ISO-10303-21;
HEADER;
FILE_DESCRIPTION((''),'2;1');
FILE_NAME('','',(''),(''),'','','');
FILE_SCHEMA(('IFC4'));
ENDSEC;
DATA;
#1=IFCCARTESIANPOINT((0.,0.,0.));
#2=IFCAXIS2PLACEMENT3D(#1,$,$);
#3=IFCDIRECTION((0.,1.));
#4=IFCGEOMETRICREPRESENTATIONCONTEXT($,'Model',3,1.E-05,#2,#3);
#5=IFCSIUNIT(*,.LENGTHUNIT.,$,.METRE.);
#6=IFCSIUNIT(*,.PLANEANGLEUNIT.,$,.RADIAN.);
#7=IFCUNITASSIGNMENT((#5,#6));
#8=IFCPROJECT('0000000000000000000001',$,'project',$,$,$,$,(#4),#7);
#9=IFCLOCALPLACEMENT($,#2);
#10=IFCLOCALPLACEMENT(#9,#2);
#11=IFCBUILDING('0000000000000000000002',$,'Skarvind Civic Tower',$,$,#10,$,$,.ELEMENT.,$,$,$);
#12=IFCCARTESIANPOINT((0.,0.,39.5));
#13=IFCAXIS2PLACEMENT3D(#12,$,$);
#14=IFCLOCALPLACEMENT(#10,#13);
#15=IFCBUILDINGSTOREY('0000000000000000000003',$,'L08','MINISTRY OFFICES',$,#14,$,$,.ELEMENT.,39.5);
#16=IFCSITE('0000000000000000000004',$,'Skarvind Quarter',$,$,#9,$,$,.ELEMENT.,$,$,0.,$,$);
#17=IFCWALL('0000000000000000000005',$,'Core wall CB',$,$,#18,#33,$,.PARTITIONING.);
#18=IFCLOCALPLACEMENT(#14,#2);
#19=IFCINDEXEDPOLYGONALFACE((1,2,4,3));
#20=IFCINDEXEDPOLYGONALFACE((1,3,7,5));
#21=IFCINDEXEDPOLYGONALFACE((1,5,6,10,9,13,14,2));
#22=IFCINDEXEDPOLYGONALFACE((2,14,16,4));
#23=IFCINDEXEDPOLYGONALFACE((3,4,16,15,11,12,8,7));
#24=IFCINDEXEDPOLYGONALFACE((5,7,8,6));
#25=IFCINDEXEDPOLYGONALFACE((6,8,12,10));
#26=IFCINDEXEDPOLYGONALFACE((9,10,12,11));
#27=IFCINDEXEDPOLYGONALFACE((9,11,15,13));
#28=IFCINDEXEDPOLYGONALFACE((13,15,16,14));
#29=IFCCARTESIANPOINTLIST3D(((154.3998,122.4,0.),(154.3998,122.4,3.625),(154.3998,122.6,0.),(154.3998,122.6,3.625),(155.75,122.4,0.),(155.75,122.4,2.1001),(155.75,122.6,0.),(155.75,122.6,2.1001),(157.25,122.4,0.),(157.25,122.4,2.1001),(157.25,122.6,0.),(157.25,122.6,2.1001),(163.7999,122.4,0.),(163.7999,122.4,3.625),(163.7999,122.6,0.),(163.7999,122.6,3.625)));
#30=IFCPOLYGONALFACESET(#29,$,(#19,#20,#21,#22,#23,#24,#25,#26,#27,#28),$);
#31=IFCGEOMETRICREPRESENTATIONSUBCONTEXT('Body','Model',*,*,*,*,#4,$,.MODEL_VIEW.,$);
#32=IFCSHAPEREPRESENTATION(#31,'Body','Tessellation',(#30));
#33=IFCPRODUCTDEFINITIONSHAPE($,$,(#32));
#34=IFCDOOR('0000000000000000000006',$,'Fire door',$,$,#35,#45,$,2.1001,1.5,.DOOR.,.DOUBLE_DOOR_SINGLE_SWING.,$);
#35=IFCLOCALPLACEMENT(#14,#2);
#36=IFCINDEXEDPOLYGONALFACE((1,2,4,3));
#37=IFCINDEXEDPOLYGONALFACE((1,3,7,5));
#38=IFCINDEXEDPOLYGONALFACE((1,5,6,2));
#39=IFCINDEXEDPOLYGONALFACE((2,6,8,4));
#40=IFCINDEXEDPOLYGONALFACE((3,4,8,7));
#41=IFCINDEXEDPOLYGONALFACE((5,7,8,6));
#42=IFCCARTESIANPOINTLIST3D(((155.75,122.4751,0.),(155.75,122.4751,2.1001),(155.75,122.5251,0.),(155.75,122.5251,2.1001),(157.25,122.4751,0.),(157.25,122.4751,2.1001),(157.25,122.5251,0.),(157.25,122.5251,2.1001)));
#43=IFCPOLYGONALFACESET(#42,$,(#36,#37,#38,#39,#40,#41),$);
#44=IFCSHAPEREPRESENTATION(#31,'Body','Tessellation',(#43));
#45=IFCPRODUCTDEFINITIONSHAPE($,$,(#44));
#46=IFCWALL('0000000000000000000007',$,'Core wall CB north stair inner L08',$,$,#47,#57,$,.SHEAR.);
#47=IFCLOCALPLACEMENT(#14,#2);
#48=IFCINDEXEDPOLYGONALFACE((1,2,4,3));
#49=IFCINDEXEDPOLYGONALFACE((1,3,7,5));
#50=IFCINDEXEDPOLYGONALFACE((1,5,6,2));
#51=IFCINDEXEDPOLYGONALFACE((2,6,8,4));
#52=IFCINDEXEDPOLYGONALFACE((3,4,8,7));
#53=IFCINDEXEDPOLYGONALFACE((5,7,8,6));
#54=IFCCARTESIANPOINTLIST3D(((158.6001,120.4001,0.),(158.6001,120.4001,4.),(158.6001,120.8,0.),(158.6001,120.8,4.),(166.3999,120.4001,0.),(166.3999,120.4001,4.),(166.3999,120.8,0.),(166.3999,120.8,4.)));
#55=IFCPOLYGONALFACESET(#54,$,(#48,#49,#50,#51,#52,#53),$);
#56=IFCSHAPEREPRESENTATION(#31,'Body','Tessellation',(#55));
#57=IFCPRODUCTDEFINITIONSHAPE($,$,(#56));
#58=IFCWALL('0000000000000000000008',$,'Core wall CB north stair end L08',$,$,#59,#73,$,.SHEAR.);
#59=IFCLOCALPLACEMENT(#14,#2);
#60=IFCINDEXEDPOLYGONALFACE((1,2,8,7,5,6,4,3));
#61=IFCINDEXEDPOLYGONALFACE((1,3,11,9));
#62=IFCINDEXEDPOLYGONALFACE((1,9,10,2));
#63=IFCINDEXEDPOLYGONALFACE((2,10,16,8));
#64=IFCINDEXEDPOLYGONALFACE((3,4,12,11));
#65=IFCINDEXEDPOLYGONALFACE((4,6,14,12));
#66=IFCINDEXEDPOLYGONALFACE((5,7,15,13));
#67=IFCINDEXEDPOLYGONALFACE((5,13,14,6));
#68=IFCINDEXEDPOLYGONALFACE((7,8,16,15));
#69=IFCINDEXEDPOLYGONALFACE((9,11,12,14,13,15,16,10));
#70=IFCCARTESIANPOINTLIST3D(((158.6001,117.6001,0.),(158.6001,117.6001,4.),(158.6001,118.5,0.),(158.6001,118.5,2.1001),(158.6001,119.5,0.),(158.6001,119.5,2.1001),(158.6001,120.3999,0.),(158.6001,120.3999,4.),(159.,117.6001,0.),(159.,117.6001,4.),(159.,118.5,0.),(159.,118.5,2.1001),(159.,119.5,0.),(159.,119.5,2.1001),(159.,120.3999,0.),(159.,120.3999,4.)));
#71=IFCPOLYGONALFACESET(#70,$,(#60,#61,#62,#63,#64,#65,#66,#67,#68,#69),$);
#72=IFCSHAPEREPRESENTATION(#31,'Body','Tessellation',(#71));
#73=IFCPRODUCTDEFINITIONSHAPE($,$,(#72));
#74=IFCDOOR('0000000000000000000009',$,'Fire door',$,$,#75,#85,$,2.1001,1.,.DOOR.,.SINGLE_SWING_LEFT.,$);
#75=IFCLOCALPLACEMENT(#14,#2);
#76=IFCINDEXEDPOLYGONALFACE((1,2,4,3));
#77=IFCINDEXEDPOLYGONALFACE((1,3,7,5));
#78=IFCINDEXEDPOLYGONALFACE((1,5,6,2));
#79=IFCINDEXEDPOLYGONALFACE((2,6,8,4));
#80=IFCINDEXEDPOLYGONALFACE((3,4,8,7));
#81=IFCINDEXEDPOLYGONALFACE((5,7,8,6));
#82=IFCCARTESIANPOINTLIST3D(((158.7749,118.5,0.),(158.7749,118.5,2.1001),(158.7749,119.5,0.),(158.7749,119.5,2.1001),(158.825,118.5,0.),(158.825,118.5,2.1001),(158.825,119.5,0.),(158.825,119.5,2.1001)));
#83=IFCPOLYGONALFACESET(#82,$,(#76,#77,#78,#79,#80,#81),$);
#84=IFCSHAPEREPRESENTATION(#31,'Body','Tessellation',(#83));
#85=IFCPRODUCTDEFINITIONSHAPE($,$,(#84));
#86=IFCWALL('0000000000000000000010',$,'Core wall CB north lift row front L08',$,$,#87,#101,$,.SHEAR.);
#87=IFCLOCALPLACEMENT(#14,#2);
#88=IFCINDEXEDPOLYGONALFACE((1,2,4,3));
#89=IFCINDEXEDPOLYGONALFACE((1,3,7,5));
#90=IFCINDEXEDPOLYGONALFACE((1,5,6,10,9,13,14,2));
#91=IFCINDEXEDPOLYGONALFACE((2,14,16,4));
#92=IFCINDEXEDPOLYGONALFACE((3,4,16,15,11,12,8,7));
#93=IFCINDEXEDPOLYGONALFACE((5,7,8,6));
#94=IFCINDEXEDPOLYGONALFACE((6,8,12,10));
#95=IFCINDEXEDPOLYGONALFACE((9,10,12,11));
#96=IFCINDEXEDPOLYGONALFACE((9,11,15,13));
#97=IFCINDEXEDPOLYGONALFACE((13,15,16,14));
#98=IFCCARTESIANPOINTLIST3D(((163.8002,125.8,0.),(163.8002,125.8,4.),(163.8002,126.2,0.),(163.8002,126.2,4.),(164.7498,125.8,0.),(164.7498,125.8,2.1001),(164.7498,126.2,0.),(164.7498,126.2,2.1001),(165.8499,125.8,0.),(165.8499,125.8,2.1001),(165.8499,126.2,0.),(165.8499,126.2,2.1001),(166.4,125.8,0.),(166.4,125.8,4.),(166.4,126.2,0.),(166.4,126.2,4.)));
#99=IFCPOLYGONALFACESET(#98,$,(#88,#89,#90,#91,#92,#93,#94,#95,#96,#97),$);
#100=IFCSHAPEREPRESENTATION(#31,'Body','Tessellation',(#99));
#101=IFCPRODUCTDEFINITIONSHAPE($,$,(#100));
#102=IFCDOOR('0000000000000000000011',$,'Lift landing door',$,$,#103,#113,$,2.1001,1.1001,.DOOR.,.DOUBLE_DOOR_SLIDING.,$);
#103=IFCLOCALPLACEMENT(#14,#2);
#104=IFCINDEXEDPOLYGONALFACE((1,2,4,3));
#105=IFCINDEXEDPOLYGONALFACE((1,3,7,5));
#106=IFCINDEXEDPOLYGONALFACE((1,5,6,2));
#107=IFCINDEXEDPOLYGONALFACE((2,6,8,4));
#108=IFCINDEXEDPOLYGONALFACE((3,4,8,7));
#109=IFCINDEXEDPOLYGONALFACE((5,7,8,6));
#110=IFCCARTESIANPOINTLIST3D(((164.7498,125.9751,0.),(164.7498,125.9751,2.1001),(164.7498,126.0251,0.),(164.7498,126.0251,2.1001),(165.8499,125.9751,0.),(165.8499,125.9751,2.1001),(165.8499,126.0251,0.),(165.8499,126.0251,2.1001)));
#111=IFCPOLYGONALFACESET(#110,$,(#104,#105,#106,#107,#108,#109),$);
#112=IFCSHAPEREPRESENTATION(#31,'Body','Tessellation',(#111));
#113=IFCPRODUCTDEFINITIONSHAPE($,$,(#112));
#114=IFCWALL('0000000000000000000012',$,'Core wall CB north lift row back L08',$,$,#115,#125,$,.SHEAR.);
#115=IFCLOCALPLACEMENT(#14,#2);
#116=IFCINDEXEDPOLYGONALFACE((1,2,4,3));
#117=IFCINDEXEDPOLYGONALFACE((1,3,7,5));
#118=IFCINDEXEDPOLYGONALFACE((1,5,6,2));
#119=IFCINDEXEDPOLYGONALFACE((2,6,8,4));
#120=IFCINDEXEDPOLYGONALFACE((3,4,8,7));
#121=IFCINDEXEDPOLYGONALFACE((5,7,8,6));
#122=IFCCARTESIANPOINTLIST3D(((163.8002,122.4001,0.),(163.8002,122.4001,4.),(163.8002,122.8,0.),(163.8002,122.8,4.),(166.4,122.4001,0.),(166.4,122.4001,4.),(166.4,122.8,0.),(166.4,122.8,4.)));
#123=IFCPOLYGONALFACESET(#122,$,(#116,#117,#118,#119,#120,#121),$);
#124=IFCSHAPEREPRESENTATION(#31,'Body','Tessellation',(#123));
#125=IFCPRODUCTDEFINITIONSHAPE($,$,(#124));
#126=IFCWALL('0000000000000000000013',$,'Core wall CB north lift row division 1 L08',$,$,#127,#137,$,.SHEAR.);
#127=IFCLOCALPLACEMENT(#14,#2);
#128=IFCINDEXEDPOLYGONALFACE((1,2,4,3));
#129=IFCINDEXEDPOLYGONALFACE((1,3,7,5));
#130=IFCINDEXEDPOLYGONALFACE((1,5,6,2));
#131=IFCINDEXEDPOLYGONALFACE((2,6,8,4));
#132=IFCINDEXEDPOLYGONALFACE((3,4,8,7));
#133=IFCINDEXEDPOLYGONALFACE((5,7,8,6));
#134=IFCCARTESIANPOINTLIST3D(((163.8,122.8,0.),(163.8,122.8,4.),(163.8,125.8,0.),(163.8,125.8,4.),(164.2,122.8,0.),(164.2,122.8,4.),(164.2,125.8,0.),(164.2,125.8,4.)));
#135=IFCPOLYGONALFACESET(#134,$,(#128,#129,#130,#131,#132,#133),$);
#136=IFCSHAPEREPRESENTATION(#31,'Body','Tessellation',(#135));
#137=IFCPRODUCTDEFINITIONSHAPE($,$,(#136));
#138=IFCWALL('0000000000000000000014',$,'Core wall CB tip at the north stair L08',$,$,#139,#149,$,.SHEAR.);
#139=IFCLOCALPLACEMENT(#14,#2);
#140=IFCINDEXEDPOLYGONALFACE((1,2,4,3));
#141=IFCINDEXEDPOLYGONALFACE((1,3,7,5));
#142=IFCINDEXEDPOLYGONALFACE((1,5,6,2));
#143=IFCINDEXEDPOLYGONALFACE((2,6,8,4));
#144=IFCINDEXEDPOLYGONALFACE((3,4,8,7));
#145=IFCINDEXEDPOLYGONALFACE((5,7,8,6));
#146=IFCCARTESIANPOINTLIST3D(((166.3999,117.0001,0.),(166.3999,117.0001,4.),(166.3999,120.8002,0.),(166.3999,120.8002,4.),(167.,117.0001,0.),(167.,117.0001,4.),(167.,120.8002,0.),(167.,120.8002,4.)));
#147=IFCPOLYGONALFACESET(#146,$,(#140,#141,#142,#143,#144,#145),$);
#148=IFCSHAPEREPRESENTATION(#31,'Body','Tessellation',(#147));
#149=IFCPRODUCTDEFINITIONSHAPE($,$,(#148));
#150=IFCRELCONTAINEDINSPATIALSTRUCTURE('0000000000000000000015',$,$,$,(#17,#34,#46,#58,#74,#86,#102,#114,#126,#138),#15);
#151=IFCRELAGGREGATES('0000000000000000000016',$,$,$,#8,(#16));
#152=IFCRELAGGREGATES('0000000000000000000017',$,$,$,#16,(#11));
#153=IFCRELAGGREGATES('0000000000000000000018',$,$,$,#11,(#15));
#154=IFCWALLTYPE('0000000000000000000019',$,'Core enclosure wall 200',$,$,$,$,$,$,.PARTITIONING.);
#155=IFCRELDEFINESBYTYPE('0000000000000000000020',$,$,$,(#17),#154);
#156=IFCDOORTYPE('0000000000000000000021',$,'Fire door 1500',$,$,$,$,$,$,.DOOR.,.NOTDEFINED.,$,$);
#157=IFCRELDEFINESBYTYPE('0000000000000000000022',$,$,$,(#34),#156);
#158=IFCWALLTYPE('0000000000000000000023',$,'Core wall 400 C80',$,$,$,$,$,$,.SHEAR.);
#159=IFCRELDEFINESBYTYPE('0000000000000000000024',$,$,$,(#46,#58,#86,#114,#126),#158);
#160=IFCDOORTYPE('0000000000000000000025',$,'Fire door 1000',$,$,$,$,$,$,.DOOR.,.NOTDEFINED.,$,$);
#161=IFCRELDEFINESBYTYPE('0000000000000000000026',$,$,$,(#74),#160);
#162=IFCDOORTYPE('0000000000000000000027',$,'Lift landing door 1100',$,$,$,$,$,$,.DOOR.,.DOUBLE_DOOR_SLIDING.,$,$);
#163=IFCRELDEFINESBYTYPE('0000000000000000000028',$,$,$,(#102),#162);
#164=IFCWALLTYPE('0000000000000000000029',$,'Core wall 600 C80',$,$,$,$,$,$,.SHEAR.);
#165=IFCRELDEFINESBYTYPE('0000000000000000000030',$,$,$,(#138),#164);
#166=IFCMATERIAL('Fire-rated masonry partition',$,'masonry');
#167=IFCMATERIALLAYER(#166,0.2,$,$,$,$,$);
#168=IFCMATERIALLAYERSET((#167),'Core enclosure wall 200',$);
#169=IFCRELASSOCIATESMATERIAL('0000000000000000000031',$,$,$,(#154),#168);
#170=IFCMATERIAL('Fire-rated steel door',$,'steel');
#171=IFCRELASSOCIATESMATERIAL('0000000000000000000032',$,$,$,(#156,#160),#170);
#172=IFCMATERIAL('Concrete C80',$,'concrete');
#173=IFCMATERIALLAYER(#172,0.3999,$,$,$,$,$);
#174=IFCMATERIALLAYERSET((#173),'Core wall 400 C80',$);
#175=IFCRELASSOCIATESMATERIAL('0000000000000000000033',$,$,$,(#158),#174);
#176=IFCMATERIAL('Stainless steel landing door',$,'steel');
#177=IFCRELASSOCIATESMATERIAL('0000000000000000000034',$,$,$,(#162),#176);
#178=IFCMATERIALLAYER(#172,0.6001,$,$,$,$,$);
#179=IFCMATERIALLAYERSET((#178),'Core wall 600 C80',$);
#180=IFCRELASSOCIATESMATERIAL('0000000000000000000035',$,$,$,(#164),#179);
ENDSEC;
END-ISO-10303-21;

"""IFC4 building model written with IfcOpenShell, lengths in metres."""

from ifc_helpers import new_model, si_unit, direction, frame, frame_2d, origin, place, context, subcontext, project, spatial, rectangle, extrude, material, layer, layer_set, type_object, element, fill, save


model = new_model("IFC4")

# Units and contexts
model_context = context("Model", 3, precision=1e-05, world=origin(), true_north=direction((0.0, 1.0)))
body_context = subcontext(model_context, "Body", "Model", "MODEL_VIEW")
ifc_project = project(units=[si_unit("LENGTHUNIT", "METRE"), si_unit("PLANEANGLEUNIT", "RADIAN")], contexts=[model_context])

# Site, building, storey
site_placement = place(None, origin())
site = spatial("IfcSite", under=ifc_project, at=site_placement, Name="Skarvind Quarter", CompositionType="ELEMENT", RefElevation=0.0)
building_placement = place(site_placement, origin())
building = spatial("IfcBuilding", under=site, at=building_placement, Name="Skarvind Civic Tower", CompositionType="ELEMENT")
storey_placement = place(building_placement, frame((0.0, 0.0, 39.5)))
storey = spatial("IfcBuildingStorey", under=building, at=storey_placement, Name="L08", Description="MINISTRY OFFICES", CompositionType="ELEMENT", Elevation=39.5)

# Wall, opening, door
ifc_material_1 = material(Name="Fire-rated masonry partition", Category="masonry")
ifc_layer_1 = layer(ifc_material_1, 0.2)
ifc_layer_set_1 = layer_set([ifc_layer_1], Name="Core enclosure wall 200")
wall_type_1 = type_object("IfcWallType", Name="Core enclosure wall 200", PredefinedType="PARTITIONING", material=ifc_layer_set_1)
wall_1_placement = place(storey_placement, frame((163.8, 122.5, 0.0), z_axis=(0.0, 0.0, 1.0), x_axis=(-1.0, 0.0, 0.0)))
wall_1 = element("IfcWall", 1, at=wall_1_placement, inside=storey, type_object=wall_type_1, Name="Core wall CB", PredefinedType="PARTITIONING", context=body_context, shape_type="SweptSolid", body=[
    extrude(rectangle(XDim=9.4001, YDim=0.2, at=frame_2d((4.7002, 0.0))), origin(), (0.0, 0.0, 1.0), 3.625),
])
opening_1_placement = place(wall_1_placement, frame((6.55, 0.0, 0.0)))
opening_1 = element("IfcOpeningElement", 2, at=opening_1_placement, cuts=wall_1, PredefinedType="OPENING", context=body_context, shape_type="SweptSolid", body=[
    extrude(rectangle(XDim=1.5, YDim=2.1001, at=frame_2d((0.75, 1.05))), frame((0.0, 0.1099, 0.0), z_axis=(0.0, -1.0, 0.0), x_axis=(1.0, 0.0, 0.0)), (0.0, 0.0, 1.0), 0.22),
])
ifc_material_2 = material(Name="Fire-rated steel door", Category="steel")
door_type_1 = type_object("IfcDoorType", Name="Fire door 1500", OperationType="NOTDEFINED", PredefinedType="DOOR", material=ifc_material_2)
door_1_placement = place(opening_1_placement, origin())
door_1 = element("IfcDoor", 3, at=door_1_placement, inside=storey, type_object=door_type_1, Name="Fire door", OperationType="DOUBLE_DOOR_SINGLE_SWING", OverallHeight=2.1001, OverallWidth=1.5, PredefinedType="DOOR", context=body_context, shape_type="SweptSolid", body=[
    extrude(rectangle(XDim=1.5, YDim=2.1001, at=frame_2d((0.75, 1.05))), frame((0.0, 0.0249, 0.0), z_axis=(0.0, -1.0, 0.0), x_axis=(1.0, 0.0, 0.0)), (0.0, 0.0, 1.0), 0.05),
])
fill(opening_1, door_1)

# Wall
ifc_material_3 = material(Name="Concrete C80", Category="concrete")
ifc_layer_2 = layer(ifc_material_3, 0.3999)
ifc_layer_set_2 = layer_set([ifc_layer_2], Name="Core wall 400 C80")
wall_type_2 = type_object("IfcWallType", Name="Core wall 400 C80", PredefinedType="SHEAR", material=ifc_layer_set_2)
wall_2_placement = place(storey_placement, frame((166.3999, 120.6001, 0.0), z_axis=(0.0, 0.0, 1.0), x_axis=(-1.0, 0.0, 0.0)))
element("IfcWall", 4, at=wall_2_placement, inside=storey, type_object=wall_type_2, Name="Core wall CB north stair inner L08", PredefinedType="SHEAR", context=body_context, shape_type="SweptSolid", body=[
    extrude(rectangle(XDim=7.7998, YDim=0.3999, at=frame_2d((3.8999, 0.0))), origin(), (0.0, 0.0, 1.0), 4.0),
])

# Walls, openings, doors
wall_3_placement = place(storey_placement, frame((158.8, 120.3999, 0.0), z_axis=(0.0, 0.0, 1.0), x_axis=(0.0, -1.0, 0.0)))
wall_3 = element("IfcWall", 5, at=wall_3_placement, inside=storey, type_object=wall_type_2, Name="Core wall CB north stair end L08", PredefinedType="SHEAR", context=body_context, shape_type="SweptSolid", body=[
    extrude(rectangle(XDim=2.7998, YDim=0.3999, at=frame_2d((1.3999, 0.0))), origin(), (0.0, 0.0, 1.0), 4.0),
])
opening_2_placement = place(wall_3_placement, frame((0.8999, 0.0, 0.0)))
opening_2 = element("IfcOpeningElement", 6, at=opening_2_placement, cuts=wall_3, PredefinedType="OPENING", context=body_context, shape_type="SweptSolid", body=[
    extrude(rectangle(XDim=1.0, YDim=2.1001, at=frame_2d((0.5, 1.05))), frame((0.0, 0.21, 0.0), z_axis=(0.0, -1.0, 0.0), x_axis=(1.0, 0.0, 0.0)), (0.0, 0.0, 1.0), 0.4199),
])
door_type_2 = type_object("IfcDoorType", Name="Fire door 1000", OperationType="NOTDEFINED", PredefinedType="DOOR", material=ifc_material_2)
door_2_placement = place(opening_2_placement, origin())
door_2 = element("IfcDoor", 7, at=door_2_placement, inside=storey, type_object=door_type_2, Name="Fire door", OperationType="SINGLE_SWING_LEFT", OverallHeight=2.1001, OverallWidth=1.0, PredefinedType="DOOR", context=body_context, shape_type="SweptSolid", body=[
    extrude(rectangle(XDim=1.0, YDim=2.1001, at=frame_2d((0.5, 1.05))), frame((0.0, 0.0249, 0.0), z_axis=(0.0, -1.0, 0.0), x_axis=(1.0, 0.0, 0.0)), (0.0, 0.0, 1.0), 0.05),
])
fill(opening_2, door_2)
wall_4_placement = place(storey_placement, frame((166.3999, 126.0, 0.0), z_axis=(0.0, 0.0, 1.0), x_axis=(-1.0, 0.0, 0.0)))
wall_4 = element("IfcWall", 8, at=wall_4_placement, inside=storey, type_object=wall_type_2, Name="Core wall CB north lift row front L08", PredefinedType="SHEAR", context=body_context, shape_type="SweptSolid", body=[
    extrude(rectangle(XDim=2.5999, YDim=0.3999, at=frame_2d((1.2998, 0.0))), origin(), (0.0, 0.0, 1.0), 4.0),
])
opening_3_placement = place(wall_4_placement, frame((0.55, 0.0, 0.0)))
opening_3 = element("IfcOpeningElement", 9, at=opening_3_placement, cuts=wall_4, PredefinedType="OPENING", context=body_context, shape_type="SweptSolid", body=[
    extrude(rectangle(XDim=1.1001, YDim=2.1001, at=frame_2d((0.55, 1.05))), frame((0.0, 0.21, 0.0), z_axis=(0.0, -1.0, 0.0), x_axis=(1.0, 0.0, 0.0)), (0.0, 0.0, 1.0), 0.4199),
])
ifc_material_4 = material(Name="Stainless steel landing door", Category="steel")
door_type_3 = type_object("IfcDoorType", Name="Lift landing door 1100", OperationType="DOUBLE_DOOR_SLIDING", PredefinedType="DOOR", material=ifc_material_4)
door_3_placement = place(opening_3_placement, origin())
door_3 = element("IfcDoor", 10, at=door_3_placement, inside=storey, type_object=door_type_3, Name="Lift landing door", OperationType="DOUBLE_DOOR_SLIDING", OverallHeight=2.1001, OverallWidth=1.1001, PredefinedType="DOOR", context=body_context, shape_type="SweptSolid", body=[
    extrude(rectangle(XDim=1.1001, YDim=2.1001, at=frame_2d((0.55, 1.05))), frame((0.0, 0.0249, 0.0), z_axis=(0.0, -1.0, 0.0), x_axis=(1.0, 0.0, 0.0)), (0.0, 0.0, 1.0), 0.05),
])
fill(opening_3, door_3)

# Walls
wall_5_placement = place(storey_placement, frame((166.3999, 122.6001, 0.0), z_axis=(0.0, 0.0, 1.0), x_axis=(-1.0, 0.0, 0.0)))
element("IfcWall", 11, at=wall_5_placement, inside=storey, type_object=wall_type_2, Name="Core wall CB north lift row back L08", PredefinedType="SHEAR", context=body_context, shape_type="SweptSolid", body=[
    extrude(rectangle(XDim=2.5999, YDim=0.3999, at=frame_2d((1.2998, 0.0))), origin(), (0.0, 0.0, 1.0), 4.0),
])
wall_6_placement = place(storey_placement, frame((164.0, 125.8, 0.0), z_axis=(0.0, 0.0, 1.0), x_axis=(0.0, -1.0, 0.0)))
element("IfcWall", 12, at=wall_6_placement, inside=storey, type_object=wall_type_2, Name="Core wall CB north lift row division 1 L08", PredefinedType="SHEAR", context=body_context, shape_type="SweptSolid", body=[
    extrude(rectangle(XDim=3.0, YDim=0.3999, at=frame_2d((1.5, 0.0))), origin(), (0.0, 0.0, 1.0), 4.0),
])
ifc_layer_3 = layer(ifc_material_3, 0.6001)
ifc_layer_set_3 = layer_set([ifc_layer_3], Name="Core wall 600 C80")
wall_type_3 = type_object("IfcWallType", Name="Core wall 600 C80", PredefinedType="SHEAR", material=ifc_layer_set_3)
wall_7_placement = place(storey_placement, frame((166.7, 120.8, 0.0), z_axis=(0.0, 0.0, 1.0), x_axis=(0.0, -1.0, 0.0)))
element("IfcWall", 13, at=wall_7_placement, inside=storey, type_object=wall_type_3, Name="Core wall CB tip at the north stair L08", PredefinedType="SHEAR", context=body_context, shape_type="SweptSolid", body=[
    extrude(rectangle(XDim=3.8, YDim=0.6001, at=frame_2d((1.8999, 0.0))), origin(), (0.0, 0.0, 1.0), 4.0),
])

save(model, "model.ifc")
